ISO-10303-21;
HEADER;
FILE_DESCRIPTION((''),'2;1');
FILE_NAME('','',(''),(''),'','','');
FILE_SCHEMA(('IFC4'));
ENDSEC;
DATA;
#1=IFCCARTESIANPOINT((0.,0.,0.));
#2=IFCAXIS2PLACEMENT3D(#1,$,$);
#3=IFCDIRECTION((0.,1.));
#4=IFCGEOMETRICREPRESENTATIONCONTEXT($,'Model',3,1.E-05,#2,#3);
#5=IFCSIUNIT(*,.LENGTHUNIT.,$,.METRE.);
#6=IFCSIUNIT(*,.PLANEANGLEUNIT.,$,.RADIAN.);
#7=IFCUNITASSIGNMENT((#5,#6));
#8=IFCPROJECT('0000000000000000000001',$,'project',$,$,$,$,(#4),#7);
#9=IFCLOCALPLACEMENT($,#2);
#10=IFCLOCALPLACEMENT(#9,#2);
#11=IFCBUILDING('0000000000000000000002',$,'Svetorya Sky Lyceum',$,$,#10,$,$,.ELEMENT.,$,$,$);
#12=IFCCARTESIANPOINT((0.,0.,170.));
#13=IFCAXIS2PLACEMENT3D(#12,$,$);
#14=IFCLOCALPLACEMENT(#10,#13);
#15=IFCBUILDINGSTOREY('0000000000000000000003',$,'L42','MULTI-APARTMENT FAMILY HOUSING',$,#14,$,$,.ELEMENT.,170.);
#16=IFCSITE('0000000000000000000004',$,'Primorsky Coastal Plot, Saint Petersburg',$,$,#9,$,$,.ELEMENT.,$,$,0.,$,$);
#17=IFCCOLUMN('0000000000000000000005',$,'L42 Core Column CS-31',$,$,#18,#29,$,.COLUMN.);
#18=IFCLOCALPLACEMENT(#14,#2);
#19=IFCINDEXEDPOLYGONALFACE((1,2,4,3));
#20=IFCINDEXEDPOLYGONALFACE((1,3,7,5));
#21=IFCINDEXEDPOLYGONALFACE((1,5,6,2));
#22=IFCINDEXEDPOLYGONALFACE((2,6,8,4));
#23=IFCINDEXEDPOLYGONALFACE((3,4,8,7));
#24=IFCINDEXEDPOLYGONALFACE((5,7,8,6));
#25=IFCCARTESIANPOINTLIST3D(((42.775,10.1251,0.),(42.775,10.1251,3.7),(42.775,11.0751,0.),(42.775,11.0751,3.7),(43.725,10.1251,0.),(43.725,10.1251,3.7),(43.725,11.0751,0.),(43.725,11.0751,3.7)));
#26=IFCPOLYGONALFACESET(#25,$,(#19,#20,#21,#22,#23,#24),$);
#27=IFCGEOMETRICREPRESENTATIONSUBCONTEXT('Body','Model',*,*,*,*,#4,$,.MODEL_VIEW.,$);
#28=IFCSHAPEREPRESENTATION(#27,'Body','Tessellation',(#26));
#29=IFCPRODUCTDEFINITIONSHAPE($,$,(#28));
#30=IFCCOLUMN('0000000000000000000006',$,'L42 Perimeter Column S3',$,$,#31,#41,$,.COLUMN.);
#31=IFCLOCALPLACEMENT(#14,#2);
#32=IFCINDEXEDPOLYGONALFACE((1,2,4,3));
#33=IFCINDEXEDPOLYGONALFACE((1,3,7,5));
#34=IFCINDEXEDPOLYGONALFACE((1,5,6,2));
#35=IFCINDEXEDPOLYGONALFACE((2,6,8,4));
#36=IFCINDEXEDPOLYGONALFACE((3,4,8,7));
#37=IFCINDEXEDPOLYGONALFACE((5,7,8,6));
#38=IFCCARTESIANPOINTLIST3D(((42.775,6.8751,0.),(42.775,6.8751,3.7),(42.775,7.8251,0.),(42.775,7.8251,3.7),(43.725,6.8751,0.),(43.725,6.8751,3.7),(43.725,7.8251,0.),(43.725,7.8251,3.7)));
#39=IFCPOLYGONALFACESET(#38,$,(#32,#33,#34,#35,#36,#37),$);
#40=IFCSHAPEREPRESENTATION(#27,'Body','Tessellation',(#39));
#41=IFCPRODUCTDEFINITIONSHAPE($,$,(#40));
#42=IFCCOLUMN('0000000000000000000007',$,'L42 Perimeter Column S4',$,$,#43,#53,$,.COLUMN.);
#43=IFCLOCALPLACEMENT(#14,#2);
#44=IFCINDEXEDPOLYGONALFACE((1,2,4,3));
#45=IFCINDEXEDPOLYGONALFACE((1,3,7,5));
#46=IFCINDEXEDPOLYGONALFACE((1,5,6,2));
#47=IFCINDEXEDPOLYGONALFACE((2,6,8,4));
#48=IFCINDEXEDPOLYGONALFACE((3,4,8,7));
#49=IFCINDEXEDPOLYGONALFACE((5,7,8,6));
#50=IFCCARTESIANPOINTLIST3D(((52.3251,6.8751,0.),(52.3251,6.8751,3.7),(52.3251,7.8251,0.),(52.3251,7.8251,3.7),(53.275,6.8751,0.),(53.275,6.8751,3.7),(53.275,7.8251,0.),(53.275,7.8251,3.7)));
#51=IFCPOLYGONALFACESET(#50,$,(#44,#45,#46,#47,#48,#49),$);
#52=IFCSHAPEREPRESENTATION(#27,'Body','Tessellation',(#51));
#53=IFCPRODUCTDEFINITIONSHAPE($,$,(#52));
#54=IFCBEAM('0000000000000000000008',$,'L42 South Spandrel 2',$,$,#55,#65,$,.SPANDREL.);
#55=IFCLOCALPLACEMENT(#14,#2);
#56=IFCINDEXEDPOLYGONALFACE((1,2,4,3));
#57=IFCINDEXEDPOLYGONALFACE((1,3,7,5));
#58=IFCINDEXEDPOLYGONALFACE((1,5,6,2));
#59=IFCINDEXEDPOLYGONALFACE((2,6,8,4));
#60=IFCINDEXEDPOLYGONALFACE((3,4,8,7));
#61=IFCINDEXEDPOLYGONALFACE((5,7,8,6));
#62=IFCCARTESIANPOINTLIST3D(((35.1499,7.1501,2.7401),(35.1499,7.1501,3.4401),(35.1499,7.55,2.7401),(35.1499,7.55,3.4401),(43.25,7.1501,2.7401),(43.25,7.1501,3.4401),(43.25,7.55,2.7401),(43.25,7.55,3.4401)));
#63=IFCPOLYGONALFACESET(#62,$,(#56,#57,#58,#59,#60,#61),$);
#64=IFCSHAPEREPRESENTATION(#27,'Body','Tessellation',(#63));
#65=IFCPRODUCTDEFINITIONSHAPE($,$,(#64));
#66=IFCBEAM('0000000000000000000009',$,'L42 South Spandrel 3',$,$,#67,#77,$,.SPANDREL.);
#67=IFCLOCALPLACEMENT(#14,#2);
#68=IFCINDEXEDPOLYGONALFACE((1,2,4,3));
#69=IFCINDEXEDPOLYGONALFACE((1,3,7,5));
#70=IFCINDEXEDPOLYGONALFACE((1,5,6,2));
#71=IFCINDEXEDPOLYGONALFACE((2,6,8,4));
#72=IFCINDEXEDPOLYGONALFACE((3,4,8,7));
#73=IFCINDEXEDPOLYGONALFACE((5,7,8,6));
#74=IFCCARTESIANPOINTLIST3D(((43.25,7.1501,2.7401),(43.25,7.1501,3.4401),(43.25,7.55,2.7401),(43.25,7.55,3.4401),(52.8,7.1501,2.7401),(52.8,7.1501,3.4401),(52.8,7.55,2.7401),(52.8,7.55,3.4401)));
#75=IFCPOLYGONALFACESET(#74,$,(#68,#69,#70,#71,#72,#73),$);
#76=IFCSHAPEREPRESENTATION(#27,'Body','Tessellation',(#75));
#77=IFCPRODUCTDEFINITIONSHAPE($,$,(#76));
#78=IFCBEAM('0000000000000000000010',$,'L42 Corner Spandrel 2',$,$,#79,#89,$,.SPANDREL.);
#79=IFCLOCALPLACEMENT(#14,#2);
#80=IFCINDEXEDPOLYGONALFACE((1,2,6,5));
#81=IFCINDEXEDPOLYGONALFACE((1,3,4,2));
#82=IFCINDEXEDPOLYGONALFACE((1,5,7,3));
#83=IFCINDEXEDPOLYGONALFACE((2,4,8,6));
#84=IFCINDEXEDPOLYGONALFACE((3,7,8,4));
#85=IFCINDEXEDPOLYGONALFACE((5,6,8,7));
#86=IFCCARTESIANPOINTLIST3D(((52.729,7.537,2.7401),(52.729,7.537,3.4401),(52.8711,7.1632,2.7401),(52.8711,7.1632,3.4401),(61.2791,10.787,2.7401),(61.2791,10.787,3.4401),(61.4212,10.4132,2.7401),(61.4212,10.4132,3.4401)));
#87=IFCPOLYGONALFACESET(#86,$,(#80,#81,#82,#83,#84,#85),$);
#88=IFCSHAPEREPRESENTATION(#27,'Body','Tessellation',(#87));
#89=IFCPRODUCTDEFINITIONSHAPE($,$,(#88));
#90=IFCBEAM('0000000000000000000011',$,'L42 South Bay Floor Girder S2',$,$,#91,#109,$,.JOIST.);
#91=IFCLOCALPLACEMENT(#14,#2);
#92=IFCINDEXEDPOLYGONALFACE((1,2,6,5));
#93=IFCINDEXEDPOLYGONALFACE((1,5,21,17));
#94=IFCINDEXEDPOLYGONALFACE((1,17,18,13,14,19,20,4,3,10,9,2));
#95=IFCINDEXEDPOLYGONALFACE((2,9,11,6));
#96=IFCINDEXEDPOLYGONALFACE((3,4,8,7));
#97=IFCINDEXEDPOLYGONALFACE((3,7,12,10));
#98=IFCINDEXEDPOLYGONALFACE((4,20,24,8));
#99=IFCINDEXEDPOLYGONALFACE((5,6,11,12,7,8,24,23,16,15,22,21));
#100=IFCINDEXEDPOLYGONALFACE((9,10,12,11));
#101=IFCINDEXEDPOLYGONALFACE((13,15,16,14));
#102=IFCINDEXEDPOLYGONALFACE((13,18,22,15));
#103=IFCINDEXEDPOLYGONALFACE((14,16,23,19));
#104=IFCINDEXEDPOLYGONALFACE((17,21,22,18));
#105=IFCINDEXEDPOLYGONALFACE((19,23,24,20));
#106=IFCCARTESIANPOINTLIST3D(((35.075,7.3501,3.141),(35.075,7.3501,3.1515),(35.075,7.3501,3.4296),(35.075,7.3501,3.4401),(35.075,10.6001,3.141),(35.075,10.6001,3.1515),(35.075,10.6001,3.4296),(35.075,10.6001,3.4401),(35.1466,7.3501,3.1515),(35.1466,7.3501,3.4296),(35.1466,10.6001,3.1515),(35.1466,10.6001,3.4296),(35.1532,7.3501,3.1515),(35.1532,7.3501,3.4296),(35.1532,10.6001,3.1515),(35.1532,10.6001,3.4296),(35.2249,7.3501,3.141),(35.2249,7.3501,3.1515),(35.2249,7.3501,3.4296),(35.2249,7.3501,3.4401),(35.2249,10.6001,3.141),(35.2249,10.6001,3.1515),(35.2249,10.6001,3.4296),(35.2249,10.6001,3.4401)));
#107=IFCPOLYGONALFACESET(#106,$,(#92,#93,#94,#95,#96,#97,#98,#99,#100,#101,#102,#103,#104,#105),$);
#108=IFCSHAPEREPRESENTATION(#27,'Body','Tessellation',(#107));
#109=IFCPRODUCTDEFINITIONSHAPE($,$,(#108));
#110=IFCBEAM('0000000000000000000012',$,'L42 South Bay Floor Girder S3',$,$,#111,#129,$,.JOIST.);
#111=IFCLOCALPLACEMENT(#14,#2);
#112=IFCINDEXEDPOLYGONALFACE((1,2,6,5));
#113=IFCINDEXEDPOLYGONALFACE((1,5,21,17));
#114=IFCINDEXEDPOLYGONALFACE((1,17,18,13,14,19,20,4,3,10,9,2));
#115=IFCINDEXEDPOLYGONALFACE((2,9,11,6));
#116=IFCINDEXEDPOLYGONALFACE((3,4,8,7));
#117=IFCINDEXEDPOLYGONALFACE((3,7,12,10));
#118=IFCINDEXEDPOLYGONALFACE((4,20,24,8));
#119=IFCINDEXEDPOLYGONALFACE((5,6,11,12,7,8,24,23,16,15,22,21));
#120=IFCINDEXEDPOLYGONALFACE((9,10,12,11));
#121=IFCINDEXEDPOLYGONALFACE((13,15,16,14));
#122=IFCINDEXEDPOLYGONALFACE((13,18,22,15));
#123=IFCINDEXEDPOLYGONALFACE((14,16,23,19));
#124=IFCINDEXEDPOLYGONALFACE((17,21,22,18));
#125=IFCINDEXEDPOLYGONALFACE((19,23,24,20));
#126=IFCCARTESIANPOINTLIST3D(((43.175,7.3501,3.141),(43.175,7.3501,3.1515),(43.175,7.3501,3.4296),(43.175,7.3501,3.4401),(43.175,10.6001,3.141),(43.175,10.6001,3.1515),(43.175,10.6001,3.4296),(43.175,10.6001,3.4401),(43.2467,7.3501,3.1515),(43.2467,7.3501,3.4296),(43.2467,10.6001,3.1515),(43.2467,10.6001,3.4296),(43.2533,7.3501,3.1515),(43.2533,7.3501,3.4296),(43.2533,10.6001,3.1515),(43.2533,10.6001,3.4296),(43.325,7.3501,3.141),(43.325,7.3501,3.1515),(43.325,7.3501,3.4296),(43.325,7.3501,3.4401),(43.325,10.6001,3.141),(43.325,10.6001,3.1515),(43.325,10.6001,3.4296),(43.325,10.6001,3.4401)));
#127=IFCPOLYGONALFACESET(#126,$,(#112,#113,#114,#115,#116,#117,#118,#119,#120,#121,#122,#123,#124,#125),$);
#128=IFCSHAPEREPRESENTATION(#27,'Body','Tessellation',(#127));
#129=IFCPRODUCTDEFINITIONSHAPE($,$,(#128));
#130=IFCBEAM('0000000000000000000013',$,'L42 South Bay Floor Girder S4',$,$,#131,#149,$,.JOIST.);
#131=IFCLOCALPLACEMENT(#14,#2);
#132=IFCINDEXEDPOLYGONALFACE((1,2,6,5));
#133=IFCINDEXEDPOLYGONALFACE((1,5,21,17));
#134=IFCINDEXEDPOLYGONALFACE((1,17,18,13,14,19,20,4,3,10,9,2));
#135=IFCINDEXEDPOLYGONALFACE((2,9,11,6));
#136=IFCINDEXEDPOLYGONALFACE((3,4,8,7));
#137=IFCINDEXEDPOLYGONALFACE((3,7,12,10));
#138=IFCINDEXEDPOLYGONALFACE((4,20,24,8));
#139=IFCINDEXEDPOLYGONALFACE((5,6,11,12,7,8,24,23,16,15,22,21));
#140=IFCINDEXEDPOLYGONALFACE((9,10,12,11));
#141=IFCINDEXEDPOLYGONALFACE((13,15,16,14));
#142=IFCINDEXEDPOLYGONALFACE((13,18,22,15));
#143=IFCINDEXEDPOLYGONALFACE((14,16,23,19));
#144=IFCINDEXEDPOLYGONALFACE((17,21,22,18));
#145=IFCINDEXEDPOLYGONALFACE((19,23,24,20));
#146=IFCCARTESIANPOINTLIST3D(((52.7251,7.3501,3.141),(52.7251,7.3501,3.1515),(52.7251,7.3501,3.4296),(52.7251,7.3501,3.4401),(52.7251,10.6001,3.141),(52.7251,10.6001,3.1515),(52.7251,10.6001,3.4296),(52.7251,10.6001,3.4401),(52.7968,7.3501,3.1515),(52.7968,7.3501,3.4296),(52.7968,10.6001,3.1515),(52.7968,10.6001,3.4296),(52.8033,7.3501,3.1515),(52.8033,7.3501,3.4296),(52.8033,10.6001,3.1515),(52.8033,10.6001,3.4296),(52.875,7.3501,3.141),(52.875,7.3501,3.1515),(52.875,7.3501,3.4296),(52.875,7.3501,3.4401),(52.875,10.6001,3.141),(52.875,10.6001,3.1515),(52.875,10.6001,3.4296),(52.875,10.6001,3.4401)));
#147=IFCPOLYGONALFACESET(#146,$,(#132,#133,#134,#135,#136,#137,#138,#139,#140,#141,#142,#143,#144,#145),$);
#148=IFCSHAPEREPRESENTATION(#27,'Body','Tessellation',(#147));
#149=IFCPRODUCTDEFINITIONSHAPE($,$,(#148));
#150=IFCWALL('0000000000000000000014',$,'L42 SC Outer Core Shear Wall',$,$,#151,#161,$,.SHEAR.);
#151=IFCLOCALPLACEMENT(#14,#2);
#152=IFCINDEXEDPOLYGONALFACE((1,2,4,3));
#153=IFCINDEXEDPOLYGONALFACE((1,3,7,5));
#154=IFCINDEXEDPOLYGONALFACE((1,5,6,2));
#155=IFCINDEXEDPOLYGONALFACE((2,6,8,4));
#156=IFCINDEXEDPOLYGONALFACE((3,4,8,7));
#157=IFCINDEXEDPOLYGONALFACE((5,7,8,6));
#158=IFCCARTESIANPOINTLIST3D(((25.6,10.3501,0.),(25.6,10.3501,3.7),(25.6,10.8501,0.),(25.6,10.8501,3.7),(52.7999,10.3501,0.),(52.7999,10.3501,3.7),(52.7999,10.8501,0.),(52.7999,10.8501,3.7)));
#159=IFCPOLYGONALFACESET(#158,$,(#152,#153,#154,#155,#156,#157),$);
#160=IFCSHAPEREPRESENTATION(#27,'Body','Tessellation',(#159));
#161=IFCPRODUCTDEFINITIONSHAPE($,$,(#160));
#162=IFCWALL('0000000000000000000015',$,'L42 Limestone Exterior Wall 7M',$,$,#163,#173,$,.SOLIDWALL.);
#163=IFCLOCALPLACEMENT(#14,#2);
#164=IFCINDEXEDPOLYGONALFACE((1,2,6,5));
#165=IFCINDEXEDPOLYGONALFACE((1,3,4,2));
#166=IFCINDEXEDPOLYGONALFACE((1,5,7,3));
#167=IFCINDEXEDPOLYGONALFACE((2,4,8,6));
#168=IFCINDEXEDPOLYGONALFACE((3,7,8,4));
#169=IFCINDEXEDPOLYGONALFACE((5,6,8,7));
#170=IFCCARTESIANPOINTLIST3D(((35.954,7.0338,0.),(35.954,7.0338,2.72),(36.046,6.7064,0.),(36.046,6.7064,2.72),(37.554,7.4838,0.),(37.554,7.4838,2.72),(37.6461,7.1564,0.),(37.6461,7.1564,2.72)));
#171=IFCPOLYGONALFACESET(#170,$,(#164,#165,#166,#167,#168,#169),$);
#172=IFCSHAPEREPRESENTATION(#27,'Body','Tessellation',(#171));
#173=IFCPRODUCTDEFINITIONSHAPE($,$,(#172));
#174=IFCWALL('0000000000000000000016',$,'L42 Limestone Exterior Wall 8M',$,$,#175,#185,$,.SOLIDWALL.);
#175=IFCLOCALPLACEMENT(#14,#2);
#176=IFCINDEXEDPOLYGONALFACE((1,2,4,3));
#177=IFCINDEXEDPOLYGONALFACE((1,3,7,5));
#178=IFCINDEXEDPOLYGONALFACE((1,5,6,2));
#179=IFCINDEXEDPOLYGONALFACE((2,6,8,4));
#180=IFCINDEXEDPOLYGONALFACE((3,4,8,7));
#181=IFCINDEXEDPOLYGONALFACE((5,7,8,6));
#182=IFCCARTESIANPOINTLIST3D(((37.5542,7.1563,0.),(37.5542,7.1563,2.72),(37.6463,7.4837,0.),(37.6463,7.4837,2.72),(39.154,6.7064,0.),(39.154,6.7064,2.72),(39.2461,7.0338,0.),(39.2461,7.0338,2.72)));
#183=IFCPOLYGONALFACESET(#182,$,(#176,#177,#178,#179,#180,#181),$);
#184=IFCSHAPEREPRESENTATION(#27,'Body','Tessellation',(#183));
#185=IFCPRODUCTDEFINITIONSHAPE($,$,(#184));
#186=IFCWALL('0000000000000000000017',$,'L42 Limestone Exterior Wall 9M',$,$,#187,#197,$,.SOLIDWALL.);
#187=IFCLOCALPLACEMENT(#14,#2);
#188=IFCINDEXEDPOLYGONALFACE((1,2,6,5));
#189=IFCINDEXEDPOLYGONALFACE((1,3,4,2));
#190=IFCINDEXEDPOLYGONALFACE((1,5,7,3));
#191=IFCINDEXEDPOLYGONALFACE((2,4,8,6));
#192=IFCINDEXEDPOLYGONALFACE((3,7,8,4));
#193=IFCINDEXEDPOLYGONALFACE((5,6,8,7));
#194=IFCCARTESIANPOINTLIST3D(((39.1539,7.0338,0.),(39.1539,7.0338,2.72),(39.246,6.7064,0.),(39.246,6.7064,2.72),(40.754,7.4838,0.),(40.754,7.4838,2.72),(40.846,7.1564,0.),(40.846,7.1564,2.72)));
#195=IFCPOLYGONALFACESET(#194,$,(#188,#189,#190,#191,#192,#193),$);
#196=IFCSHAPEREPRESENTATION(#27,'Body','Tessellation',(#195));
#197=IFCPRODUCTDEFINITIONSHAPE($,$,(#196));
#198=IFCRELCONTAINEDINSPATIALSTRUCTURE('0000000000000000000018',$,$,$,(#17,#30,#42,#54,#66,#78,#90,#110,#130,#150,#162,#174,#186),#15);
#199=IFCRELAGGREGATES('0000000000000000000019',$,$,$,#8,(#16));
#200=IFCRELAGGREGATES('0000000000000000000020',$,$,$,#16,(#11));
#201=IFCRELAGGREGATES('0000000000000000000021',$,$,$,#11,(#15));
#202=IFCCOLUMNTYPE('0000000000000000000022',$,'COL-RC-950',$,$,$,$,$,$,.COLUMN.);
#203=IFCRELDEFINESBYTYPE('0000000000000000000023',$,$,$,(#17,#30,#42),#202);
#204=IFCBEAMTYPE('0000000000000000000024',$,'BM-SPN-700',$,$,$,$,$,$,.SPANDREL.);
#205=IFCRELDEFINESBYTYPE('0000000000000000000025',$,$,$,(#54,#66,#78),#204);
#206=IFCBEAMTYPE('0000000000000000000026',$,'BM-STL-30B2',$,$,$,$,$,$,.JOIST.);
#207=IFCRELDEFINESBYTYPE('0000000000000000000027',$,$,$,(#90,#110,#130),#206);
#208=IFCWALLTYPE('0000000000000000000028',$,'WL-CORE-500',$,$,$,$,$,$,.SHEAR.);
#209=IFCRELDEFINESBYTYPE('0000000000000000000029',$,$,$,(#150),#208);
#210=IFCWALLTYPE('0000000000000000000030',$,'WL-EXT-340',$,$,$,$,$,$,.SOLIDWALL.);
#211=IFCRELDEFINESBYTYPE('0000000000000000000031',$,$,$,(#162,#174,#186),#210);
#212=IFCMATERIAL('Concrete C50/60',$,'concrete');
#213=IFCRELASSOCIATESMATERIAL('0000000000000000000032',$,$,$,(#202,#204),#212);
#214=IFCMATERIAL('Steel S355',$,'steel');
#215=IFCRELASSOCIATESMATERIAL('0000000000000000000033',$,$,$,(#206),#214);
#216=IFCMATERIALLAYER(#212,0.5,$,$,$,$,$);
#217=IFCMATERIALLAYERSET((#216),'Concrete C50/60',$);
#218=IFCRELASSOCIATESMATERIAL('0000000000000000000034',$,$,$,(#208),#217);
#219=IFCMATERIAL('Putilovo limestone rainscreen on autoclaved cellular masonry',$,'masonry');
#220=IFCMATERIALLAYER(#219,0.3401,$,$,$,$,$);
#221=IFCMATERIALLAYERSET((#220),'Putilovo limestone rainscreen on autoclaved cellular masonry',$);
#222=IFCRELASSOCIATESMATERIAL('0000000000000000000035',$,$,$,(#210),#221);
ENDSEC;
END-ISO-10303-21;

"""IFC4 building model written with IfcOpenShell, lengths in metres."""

from ifc_helpers import new_model, si_unit, direction, frame, frame_2d, origin, origin_2d, place, context, subcontext, project, spatial, rectangle, i_section, extrude, material, layer, layer_set, material_profile, profile_set, type_object, element, save


model = new_model("IFC4")

# Units and contexts
model_context = context("Model", 3, precision=1e-05, world=origin(), true_north=direction((0.0, 1.0)))
body_context = subcontext(model_context, "Body", "Model", "MODEL_VIEW")
ifc_project = project(units=[si_unit("LENGTHUNIT", "METRE"), si_unit("PLANEANGLEUNIT", "RADIAN")], contexts=[model_context])

# Site, building, storey
site_placement = place(None, origin())
site = spatial("IfcSite", under=ifc_project, at=site_placement, Name="Primorsky Coastal Plot, Saint Petersburg", CompositionType="ELEMENT", RefElevation=0.0)
building_placement = place(site_placement, origin())
building = spatial("IfcBuilding", under=site, at=building_placement, Name="Svetorya Sky Lyceum", CompositionType="ELEMENT")
storey_placement = place(building_placement, frame((0.0, 0.0, 170.0)))
storey = spatial("IfcBuildingStorey", under=building, at=storey_placement, Name="L42", Description="MULTI-APARTMENT FAMILY HOUSING", CompositionType="ELEMENT", Elevation=170.0)

# Columns
ifc_material_1 = material(Name="Concrete C50/60", Category="concrete")
ifc_material_profile_1 = material_profile(ifc_material_1, rectangle(XDim=0.95, YDim=0.95, at=origin_2d()), Name="RC COL 950x950")
ifc_profile_set_1 = profile_set([ifc_material_profile_1], Name="Concrete C50/60")
column_type = type_object("IfcColumnType", Name="COL-RC-950", PredefinedType="COLUMN", material=ifc_profile_set_1)
for number, where, z_axis, x_axis, name in (
    (1, (43.25, 10.6001, 0.0), (0.0, 0.0, 1.0), (1.0, 0.0, 0.0), "L42 Core Column CS-31"),
    (2, (43.25, 7.3501, 0.0), (0.0, 0.0, 1.0), (1.0, 0.0, 0.0), "L42 Perimeter Column S3"),
    (3, (52.8, 7.3501, 0.0), (0.0, 0.0, 1.0), (1.0, 0.0, 0.0), "L42 Perimeter Column S4"),
):
    element("IfcColumn", number, at=place(storey_placement, frame(where, z_axis=z_axis, x_axis=x_axis)), inside=storey, type_object=column_type, Name=name, PredefinedType="COLUMN", context=body_context, shape_type="SweptSolid", body=[
        extrude(rectangle(XDim=0.95, YDim=0.95, at=origin_2d()), origin(), (0.0, 0.0, 1.0), 3.7),
    ])

# Beams
ifc_material_profile_2 = material_profile(ifc_material_1, rectangle(XDim=0.3999, YDim=0.7, at=origin_2d()), Name="RC SPANDREL 400x700")
ifc_profile_set_2 = profile_set([ifc_material_profile_2], Name="Concrete C50/60")
beam_type_1 = type_object("IfcBeamType", Name="BM-SPN-700", PredefinedType="SPANDREL", material=ifc_profile_set_2)
beam_1_placement = place(storey_placement, frame((35.1499, 7.3501, 3.0901), z_axis=(1.0, 0.0, 0.0), x_axis=(0.0, 1.0, 0.0)))
element("IfcBeam", 4, at=beam_1_placement, inside=storey, type_object=beam_type_1, Name="L42 South Spandrel 2", PredefinedType="SPANDREL", context=body_context, shape_type="SweptSolid", body=[
    extrude(rectangle(XDim=0.3999, YDim=0.7, at=origin_2d()), origin(), (0.0, 0.0, 1.0), 8.1001),
])
beam_2_placement = place(storey_placement, frame((43.25, 7.3501, 3.0901), z_axis=(1.0, 0.0, 0.0), x_axis=(0.0, 1.0, 0.0)))
element("IfcBeam", 5, at=beam_2_placement, inside=storey, type_object=beam_type_1, Name="L42 South Spandrel 3", PredefinedType="SPANDREL", context=body_context, shape_type="SweptSolid", body=[
    extrude(rectangle(XDim=0.3999, YDim=0.7, at=origin_2d()), origin(), (0.0, 0.0, 1.0), 9.55),
])
beam_3_placement = place(storey_placement, frame((52.8, 7.3501, 3.0901), z_axis=(0.934748, 0.355312, 0.0), x_axis=(-0.355312, 0.934748, 0.0)))
element("IfcBeam", 6, at=beam_3_placement, inside=storey, type_object=beam_type_1, Name="L42 Corner Spandrel 2", PredefinedType="SPANDREL", context=body_context, shape_type="SweptSolid", body=[
    extrude(rectangle(XDim=0.3999, YDim=0.7, at=origin_2d()), origin(), (0.0, 0.0, 1.0), 9.147),
])
ifc_material_2 = material(Name="Steel S355", Category="steel")
ifc_material_profile_3 = material_profile(ifc_material_2, i_section(OverallWidth=0.1499, OverallDepth=0.2991, WebThickness=0.0066, FlangeThickness=0.0105, at=origin_2d()), Name="GOST 30B2")
ifc_profile_set_3 = profile_set([ifc_material_profile_3], Name="Steel S355")
beam_type_2 = type_object("IfcBeamType", Name="BM-STL-30B2", PredefinedType="JOIST", material=ifc_profile_set_3)
for number, where, z_axis, x_axis, name in (
    (7, (35.1499, 7.3501, 3.2905), (0.0, 1.0, 0.0), (-1.0, 0.0, 0.0), "L42 South Bay Floor Girder S2"),
    (8, (43.25, 7.3501, 3.2905), (0.0, 1.0, 0.0), (-1.0, 0.0, 0.0), "L42 South Bay Floor Girder S3"),
    (9, (52.8, 7.3501, 3.2905), (0.0, 1.0, 0.0), (-1.0, 0.0, 0.0), "L42 South Bay Floor Girder S4"),
):
    element("IfcBeam", number, at=place(storey_placement, frame(where, z_axis=z_axis, x_axis=x_axis)), inside=storey, type_object=beam_type_2, Name=name, PredefinedType="JOIST", context=body_context, shape_type="SweptSolid", body=[
        extrude(i_section(OverallWidth=0.1499, OverallDepth=0.2991, WebThickness=0.0066, FlangeThickness=0.0105, at=origin_2d()), origin(), (0.0, 0.0, 1.0), 3.25),
    ])

# Walls
ifc_layer_1 = layer(ifc_material_1, 0.5)
ifc_layer_set_1 = layer_set([ifc_layer_1], Name="Concrete C50/60")
wall_type_1 = type_object("IfcWallType", Name="WL-CORE-500", PredefinedType="SHEAR", material=ifc_layer_set_1)
wall_1_placement = place(storey_placement, frame((52.8, 10.6001, 0.0), z_axis=(0.0, 0.0, 1.0), x_axis=(-1.0, 0.0, 0.0)))
element("IfcWall", 10, at=wall_1_placement, inside=storey, type_object=wall_type_1, Name="L42 SC Outer Core Shear Wall", PredefinedType="SHEAR", context=body_context, shape_type="SweptSolid", body=[
    extrude(rectangle(XDim=27.2, YDim=0.5, at=frame_2d((13.6001, 0.0))), origin(), (0.0, 0.0, 1.0), 3.7),
])
ifc_material_3 = material(Name="Putilovo limestone rainscreen on autoclaved cellular masonry", Category="masonry")
ifc_layer_2 = layer(ifc_material_3, 0.3401)
ifc_layer_set_2 = layer_set([ifc_layer_2], Name="Putilovo limestone rainscreen on autoclaved cellular masonry")
wall_type_2 = type_object("IfcWallType", Name="WL-EXT-340", PredefinedType="SOLIDWALL", material=ifc_layer_set_2)
wall_2_placement = place(storey_placement, frame((36.0, 6.8701, 0.0), z_axis=(0.0, 0.0, 1.0), x_axis=(0.962663, 0.270703, 0.0)))
element("IfcWall", 11, at=wall_2_placement, inside=storey, type_object=wall_type_2, Name="L42 Limestone Exterior Wall 7M", PredefinedType="SOLIDWALL", context=body_context, shape_type="SweptSolid", body=[
    extrude(rectangle(XDim=1.6621, YDim=0.3401, at=frame_2d((0.8311, 0.0))), origin(), (0.0, 0.0, 1.0), 2.72),
])
wall_3_placement = place(storey_placement, frame((37.6001, 7.3201, 0.0), z_axis=(0.0, 0.0, 1.0), x_axis=(0.962652, -0.270741, 0.0)))
element("IfcWall", 12, at=wall_3_placement, inside=storey, type_object=wall_type_2, Name="L42 Limestone Exterior Wall 8M", PredefinedType="SOLIDWALL", context=body_context, shape_type="SweptSolid", body=[
    extrude(rectangle(XDim=1.6619, YDim=0.3401, at=frame_2d((0.8311, 0.0))), origin(), (0.0, 0.0, 1.0), 2.72),
])
wall_4_placement = place(storey_placement, frame((39.2, 6.8701, 0.0), z_axis=(0.0, 0.0, 1.0), x_axis=(0.962663, 0.270703, 0.0)))
element("IfcWall", 13, at=wall_4_placement, inside=storey, type_object=wall_type_2, Name="L42 Limestone Exterior Wall 9M", PredefinedType="SOLIDWALL", context=body_context, shape_type="SweptSolid", body=[
    extrude(rectangle(XDim=1.6621, YDim=0.3401, at=frame_2d((0.8311, 0.0))), origin(), (0.0, 0.0, 1.0), 2.72),
])

save(model, "model.ifc")
